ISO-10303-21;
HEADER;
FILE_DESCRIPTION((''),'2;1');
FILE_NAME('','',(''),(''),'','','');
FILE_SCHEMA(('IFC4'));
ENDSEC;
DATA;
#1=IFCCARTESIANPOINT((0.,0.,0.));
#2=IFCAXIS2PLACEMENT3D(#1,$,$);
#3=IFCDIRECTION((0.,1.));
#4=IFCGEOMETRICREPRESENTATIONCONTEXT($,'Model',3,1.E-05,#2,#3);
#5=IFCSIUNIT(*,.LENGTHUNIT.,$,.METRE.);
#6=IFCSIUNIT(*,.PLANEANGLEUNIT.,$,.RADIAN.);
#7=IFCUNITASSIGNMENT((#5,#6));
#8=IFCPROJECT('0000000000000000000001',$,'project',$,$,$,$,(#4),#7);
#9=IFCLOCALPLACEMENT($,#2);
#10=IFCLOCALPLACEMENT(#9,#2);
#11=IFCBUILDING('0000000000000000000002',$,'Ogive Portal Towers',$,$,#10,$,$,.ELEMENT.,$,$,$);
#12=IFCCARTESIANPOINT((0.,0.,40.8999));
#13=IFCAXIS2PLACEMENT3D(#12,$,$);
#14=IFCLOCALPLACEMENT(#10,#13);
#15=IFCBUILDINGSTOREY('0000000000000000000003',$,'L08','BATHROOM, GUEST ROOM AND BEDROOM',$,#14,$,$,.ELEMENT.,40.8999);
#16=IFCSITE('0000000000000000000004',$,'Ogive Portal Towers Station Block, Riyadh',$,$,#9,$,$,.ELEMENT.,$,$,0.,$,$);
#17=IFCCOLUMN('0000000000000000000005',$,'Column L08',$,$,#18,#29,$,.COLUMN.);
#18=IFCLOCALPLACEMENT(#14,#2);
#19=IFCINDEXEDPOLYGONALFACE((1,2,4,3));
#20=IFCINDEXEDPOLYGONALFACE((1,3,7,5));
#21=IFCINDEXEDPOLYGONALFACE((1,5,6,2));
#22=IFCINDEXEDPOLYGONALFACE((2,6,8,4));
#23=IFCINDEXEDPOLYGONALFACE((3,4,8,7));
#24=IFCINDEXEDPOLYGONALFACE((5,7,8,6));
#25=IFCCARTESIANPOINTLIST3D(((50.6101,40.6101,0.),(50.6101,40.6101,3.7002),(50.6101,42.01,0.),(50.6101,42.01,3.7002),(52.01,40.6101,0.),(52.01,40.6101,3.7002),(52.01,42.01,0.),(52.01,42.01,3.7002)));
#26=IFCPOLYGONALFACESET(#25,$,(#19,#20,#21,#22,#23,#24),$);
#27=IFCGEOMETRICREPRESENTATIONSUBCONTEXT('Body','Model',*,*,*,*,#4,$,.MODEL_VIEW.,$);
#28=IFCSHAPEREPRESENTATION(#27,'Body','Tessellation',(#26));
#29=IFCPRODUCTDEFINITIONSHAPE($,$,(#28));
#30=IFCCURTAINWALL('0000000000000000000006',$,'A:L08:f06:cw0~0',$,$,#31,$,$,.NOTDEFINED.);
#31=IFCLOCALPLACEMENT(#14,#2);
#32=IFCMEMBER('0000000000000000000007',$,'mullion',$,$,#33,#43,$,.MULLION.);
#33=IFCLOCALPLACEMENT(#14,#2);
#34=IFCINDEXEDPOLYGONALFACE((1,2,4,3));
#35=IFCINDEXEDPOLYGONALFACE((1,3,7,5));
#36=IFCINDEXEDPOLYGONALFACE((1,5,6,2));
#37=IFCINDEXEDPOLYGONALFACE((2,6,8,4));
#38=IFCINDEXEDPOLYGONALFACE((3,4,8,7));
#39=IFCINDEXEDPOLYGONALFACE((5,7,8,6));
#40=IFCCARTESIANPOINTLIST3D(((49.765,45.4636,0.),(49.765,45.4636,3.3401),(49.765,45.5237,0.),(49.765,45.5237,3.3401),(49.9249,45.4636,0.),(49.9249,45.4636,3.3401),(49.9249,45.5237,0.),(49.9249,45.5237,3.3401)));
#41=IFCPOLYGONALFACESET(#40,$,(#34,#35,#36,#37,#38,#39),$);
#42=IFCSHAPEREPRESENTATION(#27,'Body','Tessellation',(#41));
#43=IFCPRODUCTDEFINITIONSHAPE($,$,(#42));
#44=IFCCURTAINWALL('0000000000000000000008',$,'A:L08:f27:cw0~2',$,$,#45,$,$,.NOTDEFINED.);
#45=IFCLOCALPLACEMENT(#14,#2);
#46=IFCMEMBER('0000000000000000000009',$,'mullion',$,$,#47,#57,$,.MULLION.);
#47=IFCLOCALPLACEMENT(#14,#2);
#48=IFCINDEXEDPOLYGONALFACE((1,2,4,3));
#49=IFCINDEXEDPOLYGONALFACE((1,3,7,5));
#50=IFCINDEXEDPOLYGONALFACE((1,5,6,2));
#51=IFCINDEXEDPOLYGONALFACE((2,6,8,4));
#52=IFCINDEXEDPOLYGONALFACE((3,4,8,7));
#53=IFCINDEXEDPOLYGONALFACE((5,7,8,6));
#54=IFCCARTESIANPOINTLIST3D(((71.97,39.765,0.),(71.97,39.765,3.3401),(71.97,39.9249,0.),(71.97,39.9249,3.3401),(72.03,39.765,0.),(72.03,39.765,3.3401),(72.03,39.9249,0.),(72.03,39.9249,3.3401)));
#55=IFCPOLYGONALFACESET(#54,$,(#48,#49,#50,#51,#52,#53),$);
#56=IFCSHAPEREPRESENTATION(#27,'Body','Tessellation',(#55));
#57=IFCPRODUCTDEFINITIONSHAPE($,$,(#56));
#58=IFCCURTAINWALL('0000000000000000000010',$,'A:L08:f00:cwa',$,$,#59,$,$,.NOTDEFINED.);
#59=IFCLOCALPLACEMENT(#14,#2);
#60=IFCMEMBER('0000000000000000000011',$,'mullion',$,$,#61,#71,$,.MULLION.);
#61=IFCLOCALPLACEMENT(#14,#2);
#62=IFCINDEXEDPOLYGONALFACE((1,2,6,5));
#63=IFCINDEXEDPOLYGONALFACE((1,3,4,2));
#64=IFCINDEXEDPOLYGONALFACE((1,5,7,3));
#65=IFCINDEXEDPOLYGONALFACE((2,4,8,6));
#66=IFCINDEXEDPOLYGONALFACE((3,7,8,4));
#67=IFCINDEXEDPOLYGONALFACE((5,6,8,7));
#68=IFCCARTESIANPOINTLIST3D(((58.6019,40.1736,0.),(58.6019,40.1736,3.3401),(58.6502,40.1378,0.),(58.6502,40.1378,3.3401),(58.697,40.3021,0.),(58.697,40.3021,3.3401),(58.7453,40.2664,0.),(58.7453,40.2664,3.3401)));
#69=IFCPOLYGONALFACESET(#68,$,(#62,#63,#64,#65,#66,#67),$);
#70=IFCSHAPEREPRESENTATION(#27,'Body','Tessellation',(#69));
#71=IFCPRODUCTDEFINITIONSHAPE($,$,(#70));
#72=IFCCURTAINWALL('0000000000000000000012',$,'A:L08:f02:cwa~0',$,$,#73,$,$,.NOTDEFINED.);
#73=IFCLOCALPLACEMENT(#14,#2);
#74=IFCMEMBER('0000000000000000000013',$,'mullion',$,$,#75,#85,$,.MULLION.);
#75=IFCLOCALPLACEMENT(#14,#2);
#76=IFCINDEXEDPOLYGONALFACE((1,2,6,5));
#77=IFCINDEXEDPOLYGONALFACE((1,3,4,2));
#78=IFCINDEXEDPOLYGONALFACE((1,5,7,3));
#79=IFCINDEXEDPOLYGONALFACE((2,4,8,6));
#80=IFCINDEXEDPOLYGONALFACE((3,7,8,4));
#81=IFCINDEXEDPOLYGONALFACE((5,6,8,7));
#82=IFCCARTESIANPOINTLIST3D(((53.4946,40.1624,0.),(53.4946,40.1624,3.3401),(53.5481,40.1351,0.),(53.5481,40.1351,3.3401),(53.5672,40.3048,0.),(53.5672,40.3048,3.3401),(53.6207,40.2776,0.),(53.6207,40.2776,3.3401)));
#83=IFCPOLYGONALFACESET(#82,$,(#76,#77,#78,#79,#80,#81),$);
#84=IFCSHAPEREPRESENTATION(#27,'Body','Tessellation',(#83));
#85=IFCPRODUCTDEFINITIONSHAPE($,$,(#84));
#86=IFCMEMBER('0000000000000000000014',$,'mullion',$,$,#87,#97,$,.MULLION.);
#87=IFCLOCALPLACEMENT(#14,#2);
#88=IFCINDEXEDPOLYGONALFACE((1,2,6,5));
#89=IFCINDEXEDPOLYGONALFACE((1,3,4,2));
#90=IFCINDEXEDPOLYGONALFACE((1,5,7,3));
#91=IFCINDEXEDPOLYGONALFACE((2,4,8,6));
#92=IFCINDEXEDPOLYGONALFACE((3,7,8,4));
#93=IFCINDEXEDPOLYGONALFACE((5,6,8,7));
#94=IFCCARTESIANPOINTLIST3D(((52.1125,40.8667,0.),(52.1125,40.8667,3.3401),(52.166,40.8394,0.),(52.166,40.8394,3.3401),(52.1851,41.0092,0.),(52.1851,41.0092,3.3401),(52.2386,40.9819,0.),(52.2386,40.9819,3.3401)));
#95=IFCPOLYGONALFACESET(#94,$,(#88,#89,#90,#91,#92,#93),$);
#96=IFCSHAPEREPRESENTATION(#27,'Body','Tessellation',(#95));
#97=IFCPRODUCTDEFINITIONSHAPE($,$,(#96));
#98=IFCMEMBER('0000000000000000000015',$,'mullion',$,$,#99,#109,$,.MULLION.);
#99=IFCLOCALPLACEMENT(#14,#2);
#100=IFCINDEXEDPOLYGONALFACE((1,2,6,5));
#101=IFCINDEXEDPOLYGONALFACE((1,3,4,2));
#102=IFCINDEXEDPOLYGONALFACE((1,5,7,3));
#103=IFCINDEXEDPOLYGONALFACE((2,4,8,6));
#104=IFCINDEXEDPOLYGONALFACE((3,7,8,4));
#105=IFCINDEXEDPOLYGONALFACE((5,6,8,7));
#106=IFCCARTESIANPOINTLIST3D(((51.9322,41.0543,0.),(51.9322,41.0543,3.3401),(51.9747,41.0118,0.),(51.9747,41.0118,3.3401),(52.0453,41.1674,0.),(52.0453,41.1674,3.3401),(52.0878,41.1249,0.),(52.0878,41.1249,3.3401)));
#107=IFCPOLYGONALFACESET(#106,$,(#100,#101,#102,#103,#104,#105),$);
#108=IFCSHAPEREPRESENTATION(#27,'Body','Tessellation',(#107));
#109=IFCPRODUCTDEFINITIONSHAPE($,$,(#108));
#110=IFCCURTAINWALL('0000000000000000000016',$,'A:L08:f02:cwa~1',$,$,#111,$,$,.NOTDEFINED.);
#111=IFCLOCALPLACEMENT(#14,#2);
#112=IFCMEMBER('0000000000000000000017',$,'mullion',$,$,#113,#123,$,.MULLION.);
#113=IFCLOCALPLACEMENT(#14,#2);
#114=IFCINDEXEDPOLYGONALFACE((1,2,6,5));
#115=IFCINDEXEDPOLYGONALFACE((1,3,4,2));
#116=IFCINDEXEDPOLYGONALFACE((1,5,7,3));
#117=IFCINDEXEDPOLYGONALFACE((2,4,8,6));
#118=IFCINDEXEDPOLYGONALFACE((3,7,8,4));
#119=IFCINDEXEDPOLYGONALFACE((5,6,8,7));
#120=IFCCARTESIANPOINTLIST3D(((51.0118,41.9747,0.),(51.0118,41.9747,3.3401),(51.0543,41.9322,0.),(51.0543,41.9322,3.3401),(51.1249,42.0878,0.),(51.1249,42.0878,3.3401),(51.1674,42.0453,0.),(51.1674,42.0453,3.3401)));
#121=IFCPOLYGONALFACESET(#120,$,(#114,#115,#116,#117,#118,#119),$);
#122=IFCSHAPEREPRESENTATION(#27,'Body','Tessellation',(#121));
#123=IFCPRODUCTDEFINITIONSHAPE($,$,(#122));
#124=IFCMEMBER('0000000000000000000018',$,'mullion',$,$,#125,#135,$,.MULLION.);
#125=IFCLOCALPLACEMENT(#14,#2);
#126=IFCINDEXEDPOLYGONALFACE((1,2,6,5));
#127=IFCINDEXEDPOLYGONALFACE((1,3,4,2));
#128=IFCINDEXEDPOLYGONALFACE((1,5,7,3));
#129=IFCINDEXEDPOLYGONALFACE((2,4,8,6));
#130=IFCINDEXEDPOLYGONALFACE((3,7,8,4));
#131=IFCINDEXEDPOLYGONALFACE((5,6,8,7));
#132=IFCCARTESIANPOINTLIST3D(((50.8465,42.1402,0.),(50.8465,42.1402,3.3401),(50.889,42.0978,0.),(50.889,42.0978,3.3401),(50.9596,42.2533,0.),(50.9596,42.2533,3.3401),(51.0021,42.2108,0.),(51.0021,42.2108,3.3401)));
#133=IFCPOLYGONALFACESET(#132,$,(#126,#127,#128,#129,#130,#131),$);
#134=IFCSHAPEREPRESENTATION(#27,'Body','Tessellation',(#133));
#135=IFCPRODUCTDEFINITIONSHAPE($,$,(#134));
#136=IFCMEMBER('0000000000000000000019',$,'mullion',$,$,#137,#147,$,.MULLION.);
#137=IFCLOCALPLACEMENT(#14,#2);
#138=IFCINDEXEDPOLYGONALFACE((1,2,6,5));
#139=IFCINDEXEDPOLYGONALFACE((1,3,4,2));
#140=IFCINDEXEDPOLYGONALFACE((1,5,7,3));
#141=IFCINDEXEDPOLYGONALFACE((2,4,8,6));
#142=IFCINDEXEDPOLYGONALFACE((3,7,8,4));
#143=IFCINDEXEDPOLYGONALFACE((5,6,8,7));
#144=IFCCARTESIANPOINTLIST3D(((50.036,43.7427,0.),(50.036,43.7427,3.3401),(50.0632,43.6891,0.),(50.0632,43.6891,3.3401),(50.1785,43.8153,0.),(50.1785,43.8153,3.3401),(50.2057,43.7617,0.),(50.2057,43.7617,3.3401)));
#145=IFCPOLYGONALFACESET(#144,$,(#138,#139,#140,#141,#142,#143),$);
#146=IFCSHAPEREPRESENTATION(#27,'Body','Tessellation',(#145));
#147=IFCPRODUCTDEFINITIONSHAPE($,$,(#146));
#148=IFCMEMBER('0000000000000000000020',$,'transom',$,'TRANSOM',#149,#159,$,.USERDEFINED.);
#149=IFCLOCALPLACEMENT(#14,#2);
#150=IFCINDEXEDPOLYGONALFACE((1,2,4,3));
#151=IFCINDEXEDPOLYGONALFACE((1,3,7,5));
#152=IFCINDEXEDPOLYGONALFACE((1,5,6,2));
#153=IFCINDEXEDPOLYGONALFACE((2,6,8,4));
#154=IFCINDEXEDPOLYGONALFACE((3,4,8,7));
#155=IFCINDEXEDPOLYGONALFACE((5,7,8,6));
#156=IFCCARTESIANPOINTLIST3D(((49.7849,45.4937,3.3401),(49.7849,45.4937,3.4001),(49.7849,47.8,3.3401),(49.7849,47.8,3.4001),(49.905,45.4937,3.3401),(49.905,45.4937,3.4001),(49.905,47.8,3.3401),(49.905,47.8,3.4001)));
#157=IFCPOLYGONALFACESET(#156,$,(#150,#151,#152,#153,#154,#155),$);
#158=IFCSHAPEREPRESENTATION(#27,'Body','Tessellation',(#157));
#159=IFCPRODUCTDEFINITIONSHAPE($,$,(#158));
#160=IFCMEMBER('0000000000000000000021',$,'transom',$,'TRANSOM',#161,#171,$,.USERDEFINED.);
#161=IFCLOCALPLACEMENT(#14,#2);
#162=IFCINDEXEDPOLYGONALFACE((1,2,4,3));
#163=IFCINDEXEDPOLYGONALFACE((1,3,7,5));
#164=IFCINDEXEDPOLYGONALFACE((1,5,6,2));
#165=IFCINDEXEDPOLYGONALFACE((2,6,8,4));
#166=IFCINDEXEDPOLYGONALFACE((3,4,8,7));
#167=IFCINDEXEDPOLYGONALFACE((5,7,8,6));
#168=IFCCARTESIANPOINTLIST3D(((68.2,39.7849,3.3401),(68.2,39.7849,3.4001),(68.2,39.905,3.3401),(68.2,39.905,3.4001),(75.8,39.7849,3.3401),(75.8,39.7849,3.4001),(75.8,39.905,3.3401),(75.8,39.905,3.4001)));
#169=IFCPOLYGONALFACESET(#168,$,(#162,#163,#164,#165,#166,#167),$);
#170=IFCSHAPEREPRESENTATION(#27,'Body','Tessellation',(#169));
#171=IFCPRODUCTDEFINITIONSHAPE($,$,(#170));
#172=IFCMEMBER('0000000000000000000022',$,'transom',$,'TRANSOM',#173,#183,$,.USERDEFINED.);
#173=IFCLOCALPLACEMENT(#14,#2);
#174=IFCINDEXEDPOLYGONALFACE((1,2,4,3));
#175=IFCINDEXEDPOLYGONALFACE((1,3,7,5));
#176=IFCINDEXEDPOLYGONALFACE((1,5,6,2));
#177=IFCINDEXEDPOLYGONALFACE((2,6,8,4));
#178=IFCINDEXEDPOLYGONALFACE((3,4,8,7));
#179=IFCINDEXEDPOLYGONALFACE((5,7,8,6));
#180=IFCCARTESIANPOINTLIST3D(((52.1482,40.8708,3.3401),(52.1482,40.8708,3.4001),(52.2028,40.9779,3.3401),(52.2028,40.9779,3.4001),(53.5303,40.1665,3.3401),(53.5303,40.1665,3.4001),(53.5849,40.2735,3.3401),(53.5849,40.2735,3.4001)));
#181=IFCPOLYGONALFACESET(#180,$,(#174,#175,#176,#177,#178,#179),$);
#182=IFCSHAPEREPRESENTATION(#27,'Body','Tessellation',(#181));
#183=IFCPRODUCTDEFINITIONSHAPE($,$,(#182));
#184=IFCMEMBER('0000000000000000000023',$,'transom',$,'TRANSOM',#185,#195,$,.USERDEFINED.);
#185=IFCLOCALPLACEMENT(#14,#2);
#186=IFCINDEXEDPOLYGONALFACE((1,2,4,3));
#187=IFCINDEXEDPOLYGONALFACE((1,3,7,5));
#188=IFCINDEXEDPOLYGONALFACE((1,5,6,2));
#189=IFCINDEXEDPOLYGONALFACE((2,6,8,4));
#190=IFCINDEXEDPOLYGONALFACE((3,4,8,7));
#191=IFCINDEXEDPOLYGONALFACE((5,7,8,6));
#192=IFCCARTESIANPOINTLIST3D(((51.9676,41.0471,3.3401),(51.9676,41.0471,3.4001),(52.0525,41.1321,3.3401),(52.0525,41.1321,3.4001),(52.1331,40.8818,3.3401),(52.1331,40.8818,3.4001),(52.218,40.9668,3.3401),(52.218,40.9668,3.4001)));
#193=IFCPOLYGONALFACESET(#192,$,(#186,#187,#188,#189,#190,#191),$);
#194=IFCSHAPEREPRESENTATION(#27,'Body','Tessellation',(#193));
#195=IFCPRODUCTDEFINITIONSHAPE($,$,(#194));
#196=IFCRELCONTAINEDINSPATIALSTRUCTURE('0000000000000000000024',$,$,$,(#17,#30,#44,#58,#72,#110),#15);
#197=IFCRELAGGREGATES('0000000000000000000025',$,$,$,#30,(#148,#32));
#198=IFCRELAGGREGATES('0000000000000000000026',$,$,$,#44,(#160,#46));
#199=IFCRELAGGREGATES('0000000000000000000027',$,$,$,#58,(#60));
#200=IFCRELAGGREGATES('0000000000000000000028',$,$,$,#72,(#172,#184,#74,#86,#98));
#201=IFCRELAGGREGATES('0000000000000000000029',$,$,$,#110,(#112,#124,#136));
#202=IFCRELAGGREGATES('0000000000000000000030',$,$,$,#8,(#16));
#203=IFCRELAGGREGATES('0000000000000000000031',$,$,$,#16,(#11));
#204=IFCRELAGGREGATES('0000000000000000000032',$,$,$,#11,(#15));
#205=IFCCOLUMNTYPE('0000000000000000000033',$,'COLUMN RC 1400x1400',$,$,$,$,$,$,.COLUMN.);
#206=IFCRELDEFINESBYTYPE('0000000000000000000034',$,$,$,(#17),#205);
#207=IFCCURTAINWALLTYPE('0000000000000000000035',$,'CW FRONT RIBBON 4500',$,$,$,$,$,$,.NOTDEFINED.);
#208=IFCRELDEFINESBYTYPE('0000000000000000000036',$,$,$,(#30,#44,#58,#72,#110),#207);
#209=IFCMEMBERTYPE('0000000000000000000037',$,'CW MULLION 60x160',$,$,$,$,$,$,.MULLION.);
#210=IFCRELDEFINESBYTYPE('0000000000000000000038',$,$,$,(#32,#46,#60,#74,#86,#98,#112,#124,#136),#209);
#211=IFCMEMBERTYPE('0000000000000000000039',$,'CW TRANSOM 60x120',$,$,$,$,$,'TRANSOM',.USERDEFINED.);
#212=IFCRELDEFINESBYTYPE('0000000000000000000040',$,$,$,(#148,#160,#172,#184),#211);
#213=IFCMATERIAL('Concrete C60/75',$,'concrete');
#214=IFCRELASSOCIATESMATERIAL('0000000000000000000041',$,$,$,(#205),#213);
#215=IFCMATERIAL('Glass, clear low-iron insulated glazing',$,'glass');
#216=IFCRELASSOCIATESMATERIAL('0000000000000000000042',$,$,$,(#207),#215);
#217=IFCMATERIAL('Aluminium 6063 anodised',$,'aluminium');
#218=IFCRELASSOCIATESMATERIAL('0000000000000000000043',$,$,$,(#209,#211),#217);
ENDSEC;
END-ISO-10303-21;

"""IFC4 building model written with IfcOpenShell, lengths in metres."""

from ifc_helpers import new_model, si_unit, direction, frame, origin, origin_2d, place, context, subcontext, project, spatial, rectangle, extrude, material, material_profile, profile_set, type_object, element, aggregate, save


model = new_model("IFC4")

# Units and contexts
model_context = context("Model", 3, precision=1e-05, world=origin(), true_north=direction((0.0, 1.0)))
body_context = subcontext(model_context, "Body", "Model", "MODEL_VIEW")
ifc_project = project(units=[si_unit("LENGTHUNIT", "METRE"), si_unit("PLANEANGLEUNIT", "RADIAN")], contexts=[model_context])

# Site, building, storey
site_placement = place(None, origin())
site = spatial("IfcSite", under=ifc_project, at=site_placement, Name="Ogive Portal Towers Station Block, Riyadh", CompositionType="ELEMENT", RefElevation=0.0)
building_placement = place(site_placement, origin())
building = spatial("IfcBuilding", under=site, at=building_placement, Name="Ogive Portal Towers", CompositionType="ELEMENT")
storey_placement = place(building_placement, frame((0.0, 0.0, 40.8999)))
storey = spatial("IfcBuildingStorey", under=building, at=storey_placement, Name="L08", Description="BATHROOM, GUEST ROOM AND BEDROOM", CompositionType="ELEMENT", Elevation=40.8999)

# Column
ifc_material_1 = material(Name="Concrete C60/75", Category="concrete")
ifc_material_profile_1 = material_profile(ifc_material_1, rectangle(XDim=1.3999, YDim=1.3999, at=origin_2d()), Name="RC 1400x1400")
ifc_profile_set_1 = profile_set([ifc_material_profile_1], Name="Concrete C60/75")
column_type = type_object("IfcColumnType", Name="COLUMN RC 1400x1400", PredefinedType="COLUMN", material=ifc_profile_set_1)
column_placement = place(storey_placement, frame((51.3101, 41.3101, 0.0), z_axis=(0.0, 0.0, 1.0), x_axis=(1.0, 0.0, 0.0)))
element("IfcColumn", 1, at=column_placement, inside=storey, type_object=column_type, Name="Column L08", PredefinedType="COLUMN", context=body_context, shape_type="SweptSolid", body=[
    extrude(rectangle(XDim=1.3999, YDim=1.3999, at=origin_2d()), origin(), (0.0, 0.0, 1.0), 3.7002),
])

# Curtain walls, members
ifc_material_2 = material(Name="Glass, clear low-iron insulated glazing", Category="glass")
curtain_wall_type = type_object("IfcCurtainWallType", Name="CW FRONT RIBBON 4500", PredefinedType="NOTDEFINED", material=ifc_material_2)
curtain_wall_1_placement = place(storey_placement, origin())
curtain_wall_1 = element("IfcCurtainWall", 2, at=curtain_wall_1_placement, inside=storey, type_object=curtain_wall_type, Name="A:L08:f06:cw0~0", PredefinedType="NOTDEFINED")
ifc_material_3 = material(Name="Aluminium 6063 anodised", Category="aluminium")
ifc_material_profile_2 = material_profile(ifc_material_3, rectangle(XDim=0.1599, YDim=0.0601, at=origin_2d()), Name="AL 60x160")
ifc_profile_set_2 = profile_set([ifc_material_profile_2], Name="Aluminium 6063 anodised")
member_type_1 = type_object("IfcMemberType", Name="CW MULLION 60x160", PredefinedType="MULLION", material=ifc_profile_set_2)
member_1_placement = place(storey_placement, frame((49.845, 45.4937, 0.0), z_axis=(0.0, 0.0, 1.0), x_axis=(-1.0, 0.0, 0.0)))
member_1 = element("IfcMember", 3, at=member_1_placement, type_object=member_type_1, Name="mullion", PredefinedType="MULLION", context=body_context, shape_type="SweptSolid", body=[
    extrude(rectangle(XDim=0.1599, YDim=0.0601, at=origin_2d()), origin(), (0.0, 0.0, 1.0), 3.3401),
])
curtain_wall_2_placement = place(storey_placement, origin())
curtain_wall_2 = element("IfcCurtainWall", 4, at=curtain_wall_2_placement, inside=storey, type_object=curtain_wall_type, Name="A:L08:f27:cw0~2", PredefinedType="NOTDEFINED")
member_2_placement = place(storey_placement, frame((72.0, 39.845, 0.0), z_axis=(0.0, 0.0, 1.0), x_axis=(0.0, -1.0, 0.0)))
member_2 = element("IfcMember", 5, at=member_2_placement, type_object=member_type_1, Name="mullion", PredefinedType="MULLION", context=body_context, shape_type="SweptSolid", body=[
    extrude(rectangle(XDim=0.1599, YDim=0.0601, at=origin_2d()), origin(), (0.0, 0.0, 1.0), 3.3401),
])
curtain_wall_3_placement = place(storey_placement, origin())
curtain_wall_3 = element("IfcCurtainWall", 6, at=curtain_wall_3_placement, inside=storey, type_object=curtain_wall_type, Name="A:L08:f00:cwa", PredefinedType="NOTDEFINED")
member_3_placement = place(storey_placement, frame((58.6736, 40.22, 0.0), z_axis=(0.0, 0.0, 1.0), x_axis=(-0.594809, -0.803867, 0.0)))
member_3 = element("IfcMember", 7, at=member_3_placement, type_object=member_type_1, Name="mullion", PredefinedType="MULLION", context=body_context, shape_type="SweptSolid", body=[
    extrude(rectangle(XDim=0.1599, YDim=0.0601, at=origin_2d()), origin(), (0.0, 0.0, 1.0), 3.3401),
])

# Curtain walls, members
curtain_wall_4_placement = place(storey_placement, origin())
curtain_wall_4 = element("IfcCurtainWall", 8, at=curtain_wall_4_placement, inside=storey, type_object=curtain_wall_type, Name="A:L08:f02:cwa~0", PredefinedType="NOTDEFINED")
member_4_placement = place(storey_placement, frame((53.5576, 40.22, 0.0), z_axis=(0.0, 0.0, 1.0), x_axis=(-0.45399, -0.891007, 0.0)))
member_4 = element("IfcMember", 9, at=member_4_placement, type_object=member_type_1, Name="mullion", PredefinedType="MULLION", context=body_context, shape_type="SweptSolid", body=[
    extrude(rectangle(XDim=0.1599, YDim=0.0601, at=origin_2d()), origin(), (0.0, 0.0, 1.0), 3.3401),
])
member_5_placement = place(storey_placement, frame((52.1755, 40.9243, 0.0), z_axis=(0.0, 0.0, 1.0), x_axis=(-0.45399, -0.891007, 0.0)))
member_5 = element("IfcMember", 10, at=member_5_placement, type_object=member_type_1, Name="mullion", PredefinedType="MULLION", context=body_context, shape_type="SweptSolid", body=[
    extrude(rectangle(XDim=0.1599, YDim=0.0601, at=origin_2d()), origin(), (0.0, 0.0, 1.0), 3.3401),
])
member_6_placement = place(storey_placement, frame((52.01, 41.0896, 0.0), z_axis=(0.0, 0.0, 1.0), x_axis=(-0.707107, -0.707107, 0.0)))
member_6 = element("IfcMember", 11, at=member_6_placement, type_object=member_type_1, Name="mullion", PredefinedType="MULLION", context=body_context, shape_type="SweptSolid", body=[
    extrude(rectangle(XDim=0.1599, YDim=0.0601, at=origin_2d()), origin(), (0.0, 0.0, 1.0), 3.3401),
])
curtain_wall_5_placement = place(storey_placement, origin())
curtain_wall_5 = element("IfcCurtainWall", 12, at=curtain_wall_5_placement, inside=storey, type_object=curtain_wall_type, Name="A:L08:f02:cwa~1", PredefinedType="NOTDEFINED")
member_7_placement = place(storey_placement, frame((51.0896, 42.01, 0.0), z_axis=(0.0, 0.0, 1.0), x_axis=(-0.707107, -0.707107, 0.0)))
member_7 = element("IfcMember", 13, at=member_7_placement, type_object=member_type_1, Name="mullion", PredefinedType="MULLION", context=body_context, shape_type="SweptSolid", body=[
    extrude(rectangle(XDim=0.1599, YDim=0.0601, at=origin_2d()), origin(), (0.0, 0.0, 1.0), 3.3401),
])
member_8_placement = place(storey_placement, frame((50.9243, 42.1755, 0.0), z_axis=(0.0, 0.0, 1.0), x_axis=(-0.707107, -0.707107, 0.0)))
member_8 = element("IfcMember", 14, at=member_8_placement, type_object=member_type_1, Name="mullion", PredefinedType="MULLION", context=body_context, shape_type="SweptSolid", body=[
    extrude(rectangle(XDim=0.1599, YDim=0.0601, at=origin_2d()), origin(), (0.0, 0.0, 1.0), 3.3401),
])
member_9_placement = place(storey_placement, frame((50.1208, 43.7522, 0.0), z_axis=(0.0, 0.0, 1.0), x_axis=(-0.891007, -0.45399, 0.0)))
member_9 = element("IfcMember", 15, at=member_9_placement, type_object=member_type_1, Name="mullion", PredefinedType="MULLION", context=body_context, shape_type="SweptSolid", body=[
    extrude(rectangle(XDim=0.1599, YDim=0.0601, at=origin_2d()), origin(), (0.0, 0.0, 1.0), 3.3401),
])

# Members
ifc_material_profile_3 = material_profile(ifc_material_3, rectangle(XDim=0.1201, YDim=0.0601, at=origin_2d()), Name="AL 120x60")
ifc_profile_set_3 = profile_set([ifc_material_profile_3], Name="Aluminium 6063 anodised")
member_type_2 = type_object("IfcMemberType", Name="CW TRANSOM 60x120", ElementType="TRANSOM", PredefinedType="USERDEFINED", material=ifc_profile_set_3)
member_10_placement = place(storey_placement, frame((49.845, 45.4937, 3.3701), z_axis=(0.0, 1.0, 0.0), x_axis=(-1.0, 0.0, 0.0)))
member_10 = element("IfcMember", 16, at=member_10_placement, type_object=member_type_2, Name="transom", ObjectType="TRANSOM", PredefinedType="USERDEFINED", context=body_context, shape_type="SweptSolid", body=[
    extrude(rectangle(XDim=0.1201, YDim=0.0601, at=origin_2d()), origin(), (0.0, 0.0, 1.0), 2.3064),
])
member_11_placement = place(storey_placement, frame((75.8, 39.845, 3.3701), z_axis=(-1.0, 0.0, 0.0), x_axis=(0.0, -1.0, 0.0)))
member_11 = element("IfcMember", 17, at=member_11_placement, type_object=member_type_2, Name="transom", ObjectType="TRANSOM", PredefinedType="USERDEFINED", context=body_context, shape_type="SweptSolid", body=[
    extrude(rectangle(XDim=0.1201, YDim=0.0601, at=origin_2d()), origin(), (0.0, 0.0, 1.0), 7.6001),
])
member_12_placement = place(storey_placement, frame((53.5576, 40.22, 3.3701), z_axis=(-0.89097, 0.454063, 0.0), x_axis=(-0.454063, -0.89097, 0.0)))
member_12 = element("IfcMember", 18, at=member_12_placement, type_object=member_type_2, Name="transom", ObjectType="TRANSOM", PredefinedType="USERDEFINED", context=body_context, shape_type="SweptSolid", body=[
    extrude(rectangle(XDim=0.1201, YDim=0.0601, at=origin_2d()), origin(), (0.0, 0.0, 1.0), 1.5513),
])
member_13_placement = place(storey_placement, frame((52.1755, 40.9243, 3.3701), z_axis=(-0.707628, 0.706585, 0.0), x_axis=(-0.706585, -0.707628, 0.0)))
member_13 = element("IfcMember", 19, at=member_13_placement, type_object=member_type_2, Name="transom", ObjectType="TRANSOM", PredefinedType="USERDEFINED", context=body_context, shape_type="SweptSolid", body=[
    extrude(rectangle(XDim=0.1201, YDim=0.0601, at=origin_2d()), origin(), (0.0, 0.0, 1.0), 0.2339),
])

aggregate(curtain_wall_1, [member_10, member_1])
aggregate(curtain_wall_2, [member_11, member_2])
aggregate(curtain_wall_3, [member_3])
aggregate(curtain_wall_4, [member_12, member_13, member_4, member_5, member_6])
aggregate(curtain_wall_5, [member_7, member_8, member_9])

save(model, "model.ifc")
